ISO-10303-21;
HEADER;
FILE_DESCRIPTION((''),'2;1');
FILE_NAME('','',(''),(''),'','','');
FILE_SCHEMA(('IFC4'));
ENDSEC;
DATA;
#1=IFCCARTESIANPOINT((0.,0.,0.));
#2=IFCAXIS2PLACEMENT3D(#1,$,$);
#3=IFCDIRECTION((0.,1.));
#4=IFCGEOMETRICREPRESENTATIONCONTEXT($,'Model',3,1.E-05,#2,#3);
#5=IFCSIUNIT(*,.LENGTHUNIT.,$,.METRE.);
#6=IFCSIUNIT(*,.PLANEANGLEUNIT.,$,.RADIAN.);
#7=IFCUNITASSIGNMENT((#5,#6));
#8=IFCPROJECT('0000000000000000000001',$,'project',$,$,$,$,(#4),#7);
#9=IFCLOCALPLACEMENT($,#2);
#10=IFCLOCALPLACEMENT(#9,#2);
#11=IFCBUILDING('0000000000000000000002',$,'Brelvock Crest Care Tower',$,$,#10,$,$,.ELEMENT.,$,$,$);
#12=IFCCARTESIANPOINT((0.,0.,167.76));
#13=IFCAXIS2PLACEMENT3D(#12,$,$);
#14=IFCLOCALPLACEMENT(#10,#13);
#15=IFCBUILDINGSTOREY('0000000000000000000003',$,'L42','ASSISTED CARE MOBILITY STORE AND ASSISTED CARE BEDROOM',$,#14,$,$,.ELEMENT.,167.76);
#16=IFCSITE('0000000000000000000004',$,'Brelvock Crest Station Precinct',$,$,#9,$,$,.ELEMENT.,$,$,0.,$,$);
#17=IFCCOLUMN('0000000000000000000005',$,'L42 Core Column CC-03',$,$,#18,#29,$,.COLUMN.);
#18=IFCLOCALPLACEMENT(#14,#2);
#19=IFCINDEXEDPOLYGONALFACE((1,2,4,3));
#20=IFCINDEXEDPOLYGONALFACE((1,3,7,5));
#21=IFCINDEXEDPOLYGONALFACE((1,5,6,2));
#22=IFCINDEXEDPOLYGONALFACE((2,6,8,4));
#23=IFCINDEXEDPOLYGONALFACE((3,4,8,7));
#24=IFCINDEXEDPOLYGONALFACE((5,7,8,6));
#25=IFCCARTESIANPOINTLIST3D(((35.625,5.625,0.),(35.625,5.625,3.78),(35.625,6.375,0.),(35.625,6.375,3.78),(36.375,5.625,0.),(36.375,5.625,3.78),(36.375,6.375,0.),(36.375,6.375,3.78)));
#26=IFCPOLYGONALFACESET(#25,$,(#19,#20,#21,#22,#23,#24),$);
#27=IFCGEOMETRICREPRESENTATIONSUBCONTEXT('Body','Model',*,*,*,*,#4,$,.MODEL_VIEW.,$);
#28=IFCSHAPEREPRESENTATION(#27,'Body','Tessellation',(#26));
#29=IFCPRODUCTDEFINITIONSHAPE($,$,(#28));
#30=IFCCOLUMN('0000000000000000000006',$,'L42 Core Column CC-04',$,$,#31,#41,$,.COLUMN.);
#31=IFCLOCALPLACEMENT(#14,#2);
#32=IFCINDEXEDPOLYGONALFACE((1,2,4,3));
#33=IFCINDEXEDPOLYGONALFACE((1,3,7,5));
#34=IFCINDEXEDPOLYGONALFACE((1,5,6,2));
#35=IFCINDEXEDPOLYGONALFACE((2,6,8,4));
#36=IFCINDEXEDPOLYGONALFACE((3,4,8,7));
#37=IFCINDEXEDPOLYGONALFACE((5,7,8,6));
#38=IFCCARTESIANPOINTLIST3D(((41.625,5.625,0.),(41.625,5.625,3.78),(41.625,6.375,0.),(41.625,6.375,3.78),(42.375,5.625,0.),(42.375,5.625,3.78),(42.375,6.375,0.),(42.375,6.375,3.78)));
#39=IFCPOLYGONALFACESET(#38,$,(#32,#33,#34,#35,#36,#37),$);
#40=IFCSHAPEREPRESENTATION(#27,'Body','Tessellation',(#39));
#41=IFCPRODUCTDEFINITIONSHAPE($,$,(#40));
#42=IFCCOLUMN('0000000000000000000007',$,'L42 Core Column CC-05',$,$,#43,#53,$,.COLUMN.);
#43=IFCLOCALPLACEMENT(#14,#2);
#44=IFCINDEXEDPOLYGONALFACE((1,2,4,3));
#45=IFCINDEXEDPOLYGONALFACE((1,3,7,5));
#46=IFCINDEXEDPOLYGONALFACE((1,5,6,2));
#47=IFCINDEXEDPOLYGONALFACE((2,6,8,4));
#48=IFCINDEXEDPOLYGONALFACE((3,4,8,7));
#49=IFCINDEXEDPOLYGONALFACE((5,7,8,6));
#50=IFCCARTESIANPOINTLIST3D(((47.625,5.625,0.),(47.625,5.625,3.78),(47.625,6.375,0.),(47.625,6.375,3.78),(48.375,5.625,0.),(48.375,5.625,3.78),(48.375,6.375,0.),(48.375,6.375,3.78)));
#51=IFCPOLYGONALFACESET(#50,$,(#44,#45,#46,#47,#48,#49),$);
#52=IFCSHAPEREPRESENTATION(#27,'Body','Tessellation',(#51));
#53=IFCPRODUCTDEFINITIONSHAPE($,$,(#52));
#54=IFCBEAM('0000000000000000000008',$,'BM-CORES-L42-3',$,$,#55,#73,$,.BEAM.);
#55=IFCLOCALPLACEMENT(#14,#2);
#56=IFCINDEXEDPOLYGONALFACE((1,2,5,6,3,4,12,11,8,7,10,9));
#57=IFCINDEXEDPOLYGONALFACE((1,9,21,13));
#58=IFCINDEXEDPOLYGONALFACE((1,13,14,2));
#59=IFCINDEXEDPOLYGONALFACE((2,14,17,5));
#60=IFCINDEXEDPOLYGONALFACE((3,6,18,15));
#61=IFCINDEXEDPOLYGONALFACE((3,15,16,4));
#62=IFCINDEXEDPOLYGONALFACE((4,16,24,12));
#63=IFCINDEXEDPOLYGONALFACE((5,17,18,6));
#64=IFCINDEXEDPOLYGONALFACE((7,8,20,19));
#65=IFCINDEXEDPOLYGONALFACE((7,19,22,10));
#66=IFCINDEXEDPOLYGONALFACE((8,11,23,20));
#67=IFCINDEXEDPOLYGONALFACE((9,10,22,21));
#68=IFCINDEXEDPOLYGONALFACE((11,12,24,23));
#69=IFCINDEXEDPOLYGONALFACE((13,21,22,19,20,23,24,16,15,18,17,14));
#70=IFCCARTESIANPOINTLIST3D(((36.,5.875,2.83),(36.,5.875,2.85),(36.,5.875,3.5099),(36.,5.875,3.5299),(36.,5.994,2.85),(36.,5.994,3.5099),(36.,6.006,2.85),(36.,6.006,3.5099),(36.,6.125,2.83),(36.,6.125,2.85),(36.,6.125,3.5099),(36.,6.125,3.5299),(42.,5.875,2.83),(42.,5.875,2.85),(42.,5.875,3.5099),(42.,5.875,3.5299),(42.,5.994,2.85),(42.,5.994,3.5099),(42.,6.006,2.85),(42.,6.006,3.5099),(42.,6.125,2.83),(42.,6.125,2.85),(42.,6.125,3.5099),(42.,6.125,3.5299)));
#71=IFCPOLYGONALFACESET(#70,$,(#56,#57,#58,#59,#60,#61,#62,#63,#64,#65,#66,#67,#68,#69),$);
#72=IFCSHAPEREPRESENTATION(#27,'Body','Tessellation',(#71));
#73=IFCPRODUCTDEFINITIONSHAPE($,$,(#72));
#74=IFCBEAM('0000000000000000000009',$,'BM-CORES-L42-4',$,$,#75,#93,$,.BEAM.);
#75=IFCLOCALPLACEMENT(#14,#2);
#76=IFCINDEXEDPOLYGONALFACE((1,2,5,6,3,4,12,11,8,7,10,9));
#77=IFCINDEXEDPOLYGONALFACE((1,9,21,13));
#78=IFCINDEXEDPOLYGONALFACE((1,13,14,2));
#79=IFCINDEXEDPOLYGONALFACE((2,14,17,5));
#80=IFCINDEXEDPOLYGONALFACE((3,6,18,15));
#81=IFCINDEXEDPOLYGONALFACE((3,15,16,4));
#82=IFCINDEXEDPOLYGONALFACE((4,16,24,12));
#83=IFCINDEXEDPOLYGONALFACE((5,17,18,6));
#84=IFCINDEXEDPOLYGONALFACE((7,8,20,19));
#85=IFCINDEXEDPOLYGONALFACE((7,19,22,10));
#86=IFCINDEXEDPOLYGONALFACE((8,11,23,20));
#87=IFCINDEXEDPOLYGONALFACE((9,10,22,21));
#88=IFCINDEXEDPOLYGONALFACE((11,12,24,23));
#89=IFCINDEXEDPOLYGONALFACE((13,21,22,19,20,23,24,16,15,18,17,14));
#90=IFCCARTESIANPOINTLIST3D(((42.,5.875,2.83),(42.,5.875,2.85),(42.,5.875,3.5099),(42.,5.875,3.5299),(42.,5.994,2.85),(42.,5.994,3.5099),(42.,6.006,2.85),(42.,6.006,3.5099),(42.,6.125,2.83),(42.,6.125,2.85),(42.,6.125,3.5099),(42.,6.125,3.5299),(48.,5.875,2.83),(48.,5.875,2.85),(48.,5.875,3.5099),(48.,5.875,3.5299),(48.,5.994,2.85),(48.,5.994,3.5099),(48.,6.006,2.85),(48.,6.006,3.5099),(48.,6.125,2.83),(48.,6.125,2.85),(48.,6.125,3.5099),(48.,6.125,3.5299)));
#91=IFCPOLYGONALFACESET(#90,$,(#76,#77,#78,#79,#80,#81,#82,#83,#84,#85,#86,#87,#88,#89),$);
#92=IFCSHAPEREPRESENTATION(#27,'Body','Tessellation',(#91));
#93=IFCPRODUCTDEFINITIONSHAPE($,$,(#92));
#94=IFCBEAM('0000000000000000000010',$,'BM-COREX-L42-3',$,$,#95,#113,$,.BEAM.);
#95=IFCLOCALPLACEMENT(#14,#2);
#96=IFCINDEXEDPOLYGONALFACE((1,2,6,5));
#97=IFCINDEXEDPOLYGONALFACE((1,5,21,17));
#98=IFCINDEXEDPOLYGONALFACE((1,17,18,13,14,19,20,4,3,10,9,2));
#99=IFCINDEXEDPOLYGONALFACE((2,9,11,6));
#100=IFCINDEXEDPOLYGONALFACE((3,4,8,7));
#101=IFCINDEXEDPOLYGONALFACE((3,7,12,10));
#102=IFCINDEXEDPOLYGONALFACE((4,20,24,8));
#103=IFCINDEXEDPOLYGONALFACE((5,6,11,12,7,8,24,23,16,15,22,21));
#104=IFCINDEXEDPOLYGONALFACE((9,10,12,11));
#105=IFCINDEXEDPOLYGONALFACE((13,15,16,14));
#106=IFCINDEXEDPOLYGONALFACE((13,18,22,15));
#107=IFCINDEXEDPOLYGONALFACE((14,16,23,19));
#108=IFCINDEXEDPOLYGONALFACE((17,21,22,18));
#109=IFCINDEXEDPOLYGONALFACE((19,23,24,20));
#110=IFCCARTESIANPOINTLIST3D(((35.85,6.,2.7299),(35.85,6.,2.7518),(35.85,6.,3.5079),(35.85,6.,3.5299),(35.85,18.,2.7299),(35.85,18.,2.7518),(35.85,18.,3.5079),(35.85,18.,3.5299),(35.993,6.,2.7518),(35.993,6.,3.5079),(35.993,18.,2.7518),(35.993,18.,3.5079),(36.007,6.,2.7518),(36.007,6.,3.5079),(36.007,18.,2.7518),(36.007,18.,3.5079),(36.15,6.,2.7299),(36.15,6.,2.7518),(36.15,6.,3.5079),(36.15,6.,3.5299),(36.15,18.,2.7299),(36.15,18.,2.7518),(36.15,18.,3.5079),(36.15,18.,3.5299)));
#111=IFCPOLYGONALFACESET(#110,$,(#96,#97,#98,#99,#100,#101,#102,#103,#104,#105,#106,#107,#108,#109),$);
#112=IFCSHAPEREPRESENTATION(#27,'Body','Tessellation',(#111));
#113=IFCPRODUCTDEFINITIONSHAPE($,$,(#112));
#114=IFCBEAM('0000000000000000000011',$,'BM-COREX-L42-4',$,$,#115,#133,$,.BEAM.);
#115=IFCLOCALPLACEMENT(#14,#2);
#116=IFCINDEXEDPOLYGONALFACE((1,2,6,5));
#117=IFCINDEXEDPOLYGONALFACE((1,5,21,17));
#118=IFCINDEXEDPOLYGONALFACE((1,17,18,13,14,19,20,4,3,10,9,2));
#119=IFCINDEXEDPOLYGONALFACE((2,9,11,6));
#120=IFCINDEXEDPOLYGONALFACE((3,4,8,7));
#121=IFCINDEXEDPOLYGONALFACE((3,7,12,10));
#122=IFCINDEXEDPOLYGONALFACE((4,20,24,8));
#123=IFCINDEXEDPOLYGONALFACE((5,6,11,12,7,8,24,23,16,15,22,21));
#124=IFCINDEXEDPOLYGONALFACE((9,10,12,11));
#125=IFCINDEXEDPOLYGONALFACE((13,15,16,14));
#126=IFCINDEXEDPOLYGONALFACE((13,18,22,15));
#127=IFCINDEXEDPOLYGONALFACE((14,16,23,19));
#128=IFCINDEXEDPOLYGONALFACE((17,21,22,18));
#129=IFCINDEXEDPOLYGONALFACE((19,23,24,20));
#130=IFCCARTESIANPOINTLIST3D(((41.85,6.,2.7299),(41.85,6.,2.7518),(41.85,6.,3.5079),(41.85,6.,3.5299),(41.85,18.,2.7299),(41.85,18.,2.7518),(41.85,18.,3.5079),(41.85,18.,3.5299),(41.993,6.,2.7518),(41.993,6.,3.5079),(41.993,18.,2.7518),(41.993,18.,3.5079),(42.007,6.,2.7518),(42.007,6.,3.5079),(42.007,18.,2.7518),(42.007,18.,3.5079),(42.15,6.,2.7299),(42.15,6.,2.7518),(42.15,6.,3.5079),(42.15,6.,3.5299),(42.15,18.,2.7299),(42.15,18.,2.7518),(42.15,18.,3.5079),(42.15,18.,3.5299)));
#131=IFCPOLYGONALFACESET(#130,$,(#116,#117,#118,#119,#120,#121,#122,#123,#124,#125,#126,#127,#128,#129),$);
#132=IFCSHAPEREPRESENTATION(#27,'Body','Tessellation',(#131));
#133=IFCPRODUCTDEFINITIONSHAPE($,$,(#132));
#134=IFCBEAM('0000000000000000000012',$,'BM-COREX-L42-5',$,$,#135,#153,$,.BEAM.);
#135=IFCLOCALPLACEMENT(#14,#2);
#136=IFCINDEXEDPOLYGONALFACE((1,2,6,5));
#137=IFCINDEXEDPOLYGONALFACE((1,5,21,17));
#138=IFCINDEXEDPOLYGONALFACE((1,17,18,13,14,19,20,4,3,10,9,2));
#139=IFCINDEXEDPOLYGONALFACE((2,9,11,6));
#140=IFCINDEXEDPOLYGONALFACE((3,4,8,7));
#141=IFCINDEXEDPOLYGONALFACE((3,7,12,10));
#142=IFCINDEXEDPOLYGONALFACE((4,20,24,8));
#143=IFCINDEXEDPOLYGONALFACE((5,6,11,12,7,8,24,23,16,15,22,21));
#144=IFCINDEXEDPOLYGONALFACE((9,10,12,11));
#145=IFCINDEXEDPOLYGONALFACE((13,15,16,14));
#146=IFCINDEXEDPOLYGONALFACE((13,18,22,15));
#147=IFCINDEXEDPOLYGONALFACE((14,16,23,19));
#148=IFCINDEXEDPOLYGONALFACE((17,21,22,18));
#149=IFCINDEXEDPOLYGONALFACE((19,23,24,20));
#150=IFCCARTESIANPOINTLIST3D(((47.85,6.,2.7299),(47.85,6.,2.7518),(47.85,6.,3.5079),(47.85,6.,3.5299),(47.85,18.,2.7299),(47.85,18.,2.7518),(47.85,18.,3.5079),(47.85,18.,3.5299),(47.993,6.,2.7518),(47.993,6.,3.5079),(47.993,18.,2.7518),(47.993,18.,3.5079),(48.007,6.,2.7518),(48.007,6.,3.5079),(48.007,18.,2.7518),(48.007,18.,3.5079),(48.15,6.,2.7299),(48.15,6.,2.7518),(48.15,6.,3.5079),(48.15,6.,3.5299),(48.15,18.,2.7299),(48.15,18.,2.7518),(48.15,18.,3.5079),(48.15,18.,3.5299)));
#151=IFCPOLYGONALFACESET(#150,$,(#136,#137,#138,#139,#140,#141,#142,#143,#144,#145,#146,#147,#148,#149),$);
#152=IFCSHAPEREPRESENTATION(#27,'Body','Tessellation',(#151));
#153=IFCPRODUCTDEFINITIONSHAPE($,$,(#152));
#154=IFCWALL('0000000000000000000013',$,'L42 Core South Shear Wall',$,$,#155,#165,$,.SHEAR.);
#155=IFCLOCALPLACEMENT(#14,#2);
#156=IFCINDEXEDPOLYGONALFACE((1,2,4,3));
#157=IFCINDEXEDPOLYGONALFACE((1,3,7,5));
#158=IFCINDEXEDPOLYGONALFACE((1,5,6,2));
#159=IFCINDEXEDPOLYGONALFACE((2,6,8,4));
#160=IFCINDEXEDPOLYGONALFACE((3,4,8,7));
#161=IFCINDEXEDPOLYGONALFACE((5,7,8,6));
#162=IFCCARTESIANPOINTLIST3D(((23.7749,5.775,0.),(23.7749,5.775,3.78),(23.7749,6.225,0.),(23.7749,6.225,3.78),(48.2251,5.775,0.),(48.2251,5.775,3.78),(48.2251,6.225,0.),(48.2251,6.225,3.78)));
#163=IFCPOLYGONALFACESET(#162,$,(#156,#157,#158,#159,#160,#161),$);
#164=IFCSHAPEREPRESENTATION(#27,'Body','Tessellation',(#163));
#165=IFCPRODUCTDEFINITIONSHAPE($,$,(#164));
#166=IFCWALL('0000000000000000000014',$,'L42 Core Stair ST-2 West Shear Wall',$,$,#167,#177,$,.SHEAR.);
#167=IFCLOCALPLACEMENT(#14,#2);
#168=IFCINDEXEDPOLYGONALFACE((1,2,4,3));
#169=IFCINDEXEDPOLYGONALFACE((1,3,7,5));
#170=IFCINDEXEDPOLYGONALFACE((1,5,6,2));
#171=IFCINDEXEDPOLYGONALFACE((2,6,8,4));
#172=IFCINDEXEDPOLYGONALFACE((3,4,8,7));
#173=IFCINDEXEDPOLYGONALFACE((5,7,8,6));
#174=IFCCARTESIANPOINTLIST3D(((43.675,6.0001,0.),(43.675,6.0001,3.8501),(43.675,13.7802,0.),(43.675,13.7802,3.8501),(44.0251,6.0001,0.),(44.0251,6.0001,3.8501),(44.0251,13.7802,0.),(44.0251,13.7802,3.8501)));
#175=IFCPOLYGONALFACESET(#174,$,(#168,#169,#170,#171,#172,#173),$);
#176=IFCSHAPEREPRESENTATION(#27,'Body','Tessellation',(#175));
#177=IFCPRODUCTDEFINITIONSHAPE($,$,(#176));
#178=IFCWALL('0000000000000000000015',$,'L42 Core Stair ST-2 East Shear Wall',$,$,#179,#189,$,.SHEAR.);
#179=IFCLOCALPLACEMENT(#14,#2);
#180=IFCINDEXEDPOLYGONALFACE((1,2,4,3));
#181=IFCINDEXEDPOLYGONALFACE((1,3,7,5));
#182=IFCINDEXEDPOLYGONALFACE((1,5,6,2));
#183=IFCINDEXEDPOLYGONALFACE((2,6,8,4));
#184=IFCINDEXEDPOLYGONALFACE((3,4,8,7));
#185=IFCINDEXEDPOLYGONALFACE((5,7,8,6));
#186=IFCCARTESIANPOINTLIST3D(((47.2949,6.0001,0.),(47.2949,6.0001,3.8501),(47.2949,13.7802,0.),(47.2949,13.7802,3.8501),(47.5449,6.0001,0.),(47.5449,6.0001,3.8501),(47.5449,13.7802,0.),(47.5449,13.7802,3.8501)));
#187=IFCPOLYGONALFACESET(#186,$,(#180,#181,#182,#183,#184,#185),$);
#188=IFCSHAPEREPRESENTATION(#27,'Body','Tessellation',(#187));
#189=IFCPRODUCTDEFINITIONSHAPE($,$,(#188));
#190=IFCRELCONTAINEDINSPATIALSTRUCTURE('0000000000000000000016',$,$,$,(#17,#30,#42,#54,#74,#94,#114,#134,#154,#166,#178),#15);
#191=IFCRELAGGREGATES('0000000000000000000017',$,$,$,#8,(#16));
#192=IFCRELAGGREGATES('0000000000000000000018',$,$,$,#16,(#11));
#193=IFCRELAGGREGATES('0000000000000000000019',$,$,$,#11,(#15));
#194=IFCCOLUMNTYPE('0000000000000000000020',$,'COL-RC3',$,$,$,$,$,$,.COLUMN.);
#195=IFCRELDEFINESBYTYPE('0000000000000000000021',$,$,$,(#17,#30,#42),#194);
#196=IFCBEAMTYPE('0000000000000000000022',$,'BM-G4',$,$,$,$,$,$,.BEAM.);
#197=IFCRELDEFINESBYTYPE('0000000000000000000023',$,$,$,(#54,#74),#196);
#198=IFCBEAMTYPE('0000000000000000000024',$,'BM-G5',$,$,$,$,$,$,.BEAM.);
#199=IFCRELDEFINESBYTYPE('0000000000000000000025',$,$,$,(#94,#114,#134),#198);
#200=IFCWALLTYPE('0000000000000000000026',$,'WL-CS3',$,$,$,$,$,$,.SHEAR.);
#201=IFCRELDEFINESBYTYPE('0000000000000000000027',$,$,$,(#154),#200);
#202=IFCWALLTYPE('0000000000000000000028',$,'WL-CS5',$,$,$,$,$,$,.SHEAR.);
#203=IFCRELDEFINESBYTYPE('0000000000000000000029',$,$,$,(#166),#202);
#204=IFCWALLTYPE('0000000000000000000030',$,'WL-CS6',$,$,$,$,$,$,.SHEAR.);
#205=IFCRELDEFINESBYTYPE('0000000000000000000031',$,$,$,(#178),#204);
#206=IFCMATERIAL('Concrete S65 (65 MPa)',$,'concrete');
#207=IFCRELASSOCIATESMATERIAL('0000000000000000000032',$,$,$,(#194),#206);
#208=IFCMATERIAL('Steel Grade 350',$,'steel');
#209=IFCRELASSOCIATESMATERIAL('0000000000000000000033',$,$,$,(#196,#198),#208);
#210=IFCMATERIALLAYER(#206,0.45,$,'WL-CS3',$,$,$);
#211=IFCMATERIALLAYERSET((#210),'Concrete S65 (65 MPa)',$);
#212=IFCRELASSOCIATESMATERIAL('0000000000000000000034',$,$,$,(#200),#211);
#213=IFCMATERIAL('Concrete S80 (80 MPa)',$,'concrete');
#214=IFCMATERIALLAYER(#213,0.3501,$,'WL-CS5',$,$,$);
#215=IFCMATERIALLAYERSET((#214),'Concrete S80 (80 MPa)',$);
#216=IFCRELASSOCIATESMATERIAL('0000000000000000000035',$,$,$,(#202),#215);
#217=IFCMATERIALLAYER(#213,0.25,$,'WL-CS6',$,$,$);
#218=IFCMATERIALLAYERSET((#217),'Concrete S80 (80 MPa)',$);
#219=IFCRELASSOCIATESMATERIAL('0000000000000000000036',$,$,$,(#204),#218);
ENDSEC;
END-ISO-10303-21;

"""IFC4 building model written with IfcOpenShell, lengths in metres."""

from ifc_helpers import new_model, si_unit, direction, frame, frame_2d, origin, origin_2d, place, context, subcontext, project, spatial, rectangle, i_section, extrude, source, transform, mapped, material, layer, layer_set, material_profile, profile_set, type_object, element, save


model = new_model("IFC4")

# Units and contexts
model_context = context("Model", 3, precision=1e-05, world=origin(), true_north=direction((0.0, 1.0)))
body_context = subcontext(model_context, "Body", "Model", "MODEL_VIEW")
ifc_project = project(units=[si_unit("LENGTHUNIT", "METRE"), si_unit("PLANEANGLEUNIT", "RADIAN")], contexts=[model_context])

# Site, building, storey
site_placement = place(None, origin())
site = spatial("IfcSite", under=ifc_project, at=site_placement, Name="Brelvock Crest Station Precinct", CompositionType="ELEMENT", RefElevation=0.0)
building_placement = place(site_placement, origin())
building = spatial("IfcBuilding", under=site, at=building_placement, Name="Brelvock Crest Care Tower", CompositionType="ELEMENT")
storey_placement = place(building_placement, frame((0.0, 0.0, 167.76)))
storey = spatial("IfcBuildingStorey", under=building, at=storey_placement, Name="L42", Description="ASSISTED CARE MOBILITY STORE AND ASSISTED CARE BEDROOM", CompositionType="ELEMENT", Elevation=167.76)

# Columns
ifc_material_1 = material(Name="Concrete S65 (65 MPa)", Category="concrete")
ifc_material_profile_1 = material_profile(ifc_material_1, rectangle(XDim=0.75, YDim=0.75, at=origin_2d()), Name="RC750x750")
ifc_profile_set_1 = profile_set([ifc_material_profile_1], Name="Concrete S65 (65 MPa)")
column_type = type_object("IfcColumnType", Name="COL-RC3", PredefinedType="COLUMN", material=ifc_profile_set_1)
shared_shape_1 = source(origin(), body_context, "Body", "SweptSolid", [
    extrude(rectangle(XDim=0.75, YDim=0.75, at=origin_2d()), origin(), (0.0, 0.0, 1.0), 3.78),
])
for number, where, z_axis, x_axis, name in (
    (1, (36.0, 6.0, 0.0), (0.0, 0.0, 1.0), (1.0, 0.0, 0.0), "L42 Core Column CC-03"),
    (2, (42.0, 6.0, 0.0), (0.0, 0.0, 1.0), (1.0, 0.0, 0.0), "L42 Core Column CC-04"),
    (3, (48.0, 6.0, 0.0), (0.0, 0.0, 1.0), (1.0, 0.0, 0.0), "L42 Core Column CC-05"),
):
    element("IfcColumn", number, at=place(storey_placement, frame(where, z_axis=z_axis, x_axis=x_axis)), inside=storey, type_object=column_type, Name=name, PredefinedType="COLUMN", context=body_context, shape_type="MappedRepresentation", body=[
        mapped(shared_shape_1, transform((0.0, 0.0, 0.0), x_axis=(1.0, 0.0, 0.0), y_axis=(0.0, 1.0, 0.0), z_axis=(0.0, 0.0, 1.0), scale=1.0)),
    ])

# Beams
ifc_material_2 = material(Name="Steel Grade 350", Category="steel")
ifc_material_profile_2 = material_profile(ifc_material_2, i_section(OverallWidth=0.25, OverallDepth=0.7, WebThickness=0.012, FlangeThickness=0.02, at=origin_2d()), Name="700WB150")
ifc_profile_set_2 = profile_set([ifc_material_profile_2], Name="Steel Grade 350")
beam_type_1 = type_object("IfcBeamType", Name="BM-G4", PredefinedType="BEAM", material=ifc_profile_set_2)
shared_shape_2 = source(origin(), body_context, "Body", "SweptSolid", [
    extrude(i_section(OverallWidth=0.25, OverallDepth=0.7, WebThickness=0.012, FlangeThickness=0.02, at=origin_2d()), origin(), (0.0, 0.0, 1.0), 6.0),
])
for number, where, z_axis, x_axis, name in (
    (4, (36.0, 6.0, 3.1799), (1.0, 0.0, 0.0), (0.0, 1.0, 0.0), "BM-CORES-L42-3"),
    (5, (42.0, 6.0, 3.1799), (1.0, 0.0, 0.0), (0.0, 1.0, 0.0), "BM-CORES-L42-4"),
):
    element("IfcBeam", number, at=place(storey_placement, frame(where, z_axis=z_axis, x_axis=x_axis)), inside=storey, type_object=beam_type_1, Name=name, PredefinedType="BEAM", context=body_context, shape_type="MappedRepresentation", body=[
        mapped(shared_shape_2, transform((0.0, 0.0, 0.0), x_axis=(1.0, 0.0, 0.0), y_axis=(0.0, 1.0, 0.0), z_axis=(0.0, 0.0, 1.0), scale=1.0)),
    ])
ifc_material_profile_3 = material_profile(ifc_material_2, i_section(OverallWidth=0.3, OverallDepth=0.8, WebThickness=0.0139, FlangeThickness=0.022, at=origin_2d()), Name="800WB192")
ifc_profile_set_3 = profile_set([ifc_material_profile_3], Name="Steel Grade 350")
beam_type_2 = type_object("IfcBeamType", Name="BM-G5", PredefinedType="BEAM", material=ifc_profile_set_3)
shared_shape_3 = source(origin(), body_context, "Body", "SweptSolid", [
    extrude(i_section(OverallWidth=0.3, OverallDepth=0.8, WebThickness=0.0139, FlangeThickness=0.022, at=origin_2d()), origin(), (0.0, 0.0, 1.0), 12.0),
])
for number, where, z_axis, x_axis, name in (
    (6, (36.0, 6.0, 3.1299), (0.0, 1.0, 0.0), (-1.0, 0.0, 0.0), "BM-COREX-L42-3"),
    (7, (42.0, 6.0, 3.1299), (0.0, 1.0, 0.0), (-1.0, 0.0, 0.0), "BM-COREX-L42-4"),
    (8, (48.0, 6.0, 3.1299), (0.0, 1.0, 0.0), (-1.0, 0.0, 0.0), "BM-COREX-L42-5"),
):
    element("IfcBeam", number, at=place(storey_placement, frame(where, z_axis=z_axis, x_axis=x_axis)), inside=storey, type_object=beam_type_2, Name=name, PredefinedType="BEAM", context=body_context, shape_type="MappedRepresentation", body=[
        mapped(shared_shape_3, transform((0.0, 0.0, 0.0), x_axis=(1.0, 0.0, 0.0), y_axis=(0.0, 1.0, 0.0), z_axis=(0.0, 0.0, 1.0), scale=1.0)),
    ])

# Walls
ifc_layer_1 = layer(ifc_material_1, 0.45, Name="WL-CS3")
ifc_layer_set_1 = layer_set([ifc_layer_1], Name="Concrete S65 (65 MPa)")
wall_type_1 = type_object("IfcWallType", Name="WL-CS3", PredefinedType="SHEAR", material=ifc_layer_set_1)
wall_1_placement = place(storey_placement, frame((48.2251, 6.0, 0.0), z_axis=(0.0, 0.0, 1.0), x_axis=(-1.0, 0.0, 0.0)))
element("IfcWall", 9, at=wall_1_placement, inside=storey, type_object=wall_type_1, Name="L42 Core South Shear Wall", PredefinedType="SHEAR", context=body_context, shape_type="SweptSolid", body=[
    extrude(rectangle(XDim=24.4502, YDim=0.45, at=frame_2d((12.2251, 0.0))), origin(), (0.0, 0.0, 1.0), 3.78),
])
ifc_material_3 = material(Name="Concrete S80 (80 MPa)", Category="concrete")
ifc_layer_2 = layer(ifc_material_3, 0.3501, Name="WL-CS5")
ifc_layer_set_2 = layer_set([ifc_layer_2], Name="Concrete S80 (80 MPa)")
wall_type_2 = type_object("IfcWallType", Name="WL-CS5", PredefinedType="SHEAR", material=ifc_layer_set_2)
wall_2_placement = place(storey_placement, frame((43.8501, 6.0, 0.0), z_axis=(0.0, 0.0, 1.0), x_axis=(0.0, 1.0, 0.0)))
element("IfcWall", 10, at=wall_2_placement, inside=storey, type_object=wall_type_2, Name="L42 Core Stair ST-2 West Shear Wall", PredefinedType="SHEAR", context=body_context, shape_type="SweptSolid", body=[
    extrude(rectangle(XDim=7.78, YDim=0.3501, at=frame_2d((3.8901, 0.0))), origin(), (0.0, 0.0, 1.0), 3.8501),
])
ifc_layer_3 = layer(ifc_material_3, 0.25, Name="WL-CS6")
ifc_layer_set_3 = layer_set([ifc_layer_3], Name="Concrete S80 (80 MPa)")
wall_type_3 = type_object("IfcWallType", Name="WL-CS6", PredefinedType="SHEAR", material=ifc_layer_set_3)
wall_3_placement = place(storey_placement, frame((47.4199, 6.0, 0.0), z_axis=(0.0, 0.0, 1.0), x_axis=(0.0, 1.0, 0.0)))
element("IfcWall", 11, at=wall_3_placement, inside=storey, type_object=wall_type_3, Name="L42 Core Stair ST-2 East Shear Wall", PredefinedType="SHEAR", context=body_context, shape_type="SweptSolid", body=[
    extrude(rectangle(XDim=7.78, YDim=0.25, at=frame_2d((3.8901, 0.0))), origin(), (0.0, 0.0, 1.0), 3.8501),
])

save(model, "model.ifc")
